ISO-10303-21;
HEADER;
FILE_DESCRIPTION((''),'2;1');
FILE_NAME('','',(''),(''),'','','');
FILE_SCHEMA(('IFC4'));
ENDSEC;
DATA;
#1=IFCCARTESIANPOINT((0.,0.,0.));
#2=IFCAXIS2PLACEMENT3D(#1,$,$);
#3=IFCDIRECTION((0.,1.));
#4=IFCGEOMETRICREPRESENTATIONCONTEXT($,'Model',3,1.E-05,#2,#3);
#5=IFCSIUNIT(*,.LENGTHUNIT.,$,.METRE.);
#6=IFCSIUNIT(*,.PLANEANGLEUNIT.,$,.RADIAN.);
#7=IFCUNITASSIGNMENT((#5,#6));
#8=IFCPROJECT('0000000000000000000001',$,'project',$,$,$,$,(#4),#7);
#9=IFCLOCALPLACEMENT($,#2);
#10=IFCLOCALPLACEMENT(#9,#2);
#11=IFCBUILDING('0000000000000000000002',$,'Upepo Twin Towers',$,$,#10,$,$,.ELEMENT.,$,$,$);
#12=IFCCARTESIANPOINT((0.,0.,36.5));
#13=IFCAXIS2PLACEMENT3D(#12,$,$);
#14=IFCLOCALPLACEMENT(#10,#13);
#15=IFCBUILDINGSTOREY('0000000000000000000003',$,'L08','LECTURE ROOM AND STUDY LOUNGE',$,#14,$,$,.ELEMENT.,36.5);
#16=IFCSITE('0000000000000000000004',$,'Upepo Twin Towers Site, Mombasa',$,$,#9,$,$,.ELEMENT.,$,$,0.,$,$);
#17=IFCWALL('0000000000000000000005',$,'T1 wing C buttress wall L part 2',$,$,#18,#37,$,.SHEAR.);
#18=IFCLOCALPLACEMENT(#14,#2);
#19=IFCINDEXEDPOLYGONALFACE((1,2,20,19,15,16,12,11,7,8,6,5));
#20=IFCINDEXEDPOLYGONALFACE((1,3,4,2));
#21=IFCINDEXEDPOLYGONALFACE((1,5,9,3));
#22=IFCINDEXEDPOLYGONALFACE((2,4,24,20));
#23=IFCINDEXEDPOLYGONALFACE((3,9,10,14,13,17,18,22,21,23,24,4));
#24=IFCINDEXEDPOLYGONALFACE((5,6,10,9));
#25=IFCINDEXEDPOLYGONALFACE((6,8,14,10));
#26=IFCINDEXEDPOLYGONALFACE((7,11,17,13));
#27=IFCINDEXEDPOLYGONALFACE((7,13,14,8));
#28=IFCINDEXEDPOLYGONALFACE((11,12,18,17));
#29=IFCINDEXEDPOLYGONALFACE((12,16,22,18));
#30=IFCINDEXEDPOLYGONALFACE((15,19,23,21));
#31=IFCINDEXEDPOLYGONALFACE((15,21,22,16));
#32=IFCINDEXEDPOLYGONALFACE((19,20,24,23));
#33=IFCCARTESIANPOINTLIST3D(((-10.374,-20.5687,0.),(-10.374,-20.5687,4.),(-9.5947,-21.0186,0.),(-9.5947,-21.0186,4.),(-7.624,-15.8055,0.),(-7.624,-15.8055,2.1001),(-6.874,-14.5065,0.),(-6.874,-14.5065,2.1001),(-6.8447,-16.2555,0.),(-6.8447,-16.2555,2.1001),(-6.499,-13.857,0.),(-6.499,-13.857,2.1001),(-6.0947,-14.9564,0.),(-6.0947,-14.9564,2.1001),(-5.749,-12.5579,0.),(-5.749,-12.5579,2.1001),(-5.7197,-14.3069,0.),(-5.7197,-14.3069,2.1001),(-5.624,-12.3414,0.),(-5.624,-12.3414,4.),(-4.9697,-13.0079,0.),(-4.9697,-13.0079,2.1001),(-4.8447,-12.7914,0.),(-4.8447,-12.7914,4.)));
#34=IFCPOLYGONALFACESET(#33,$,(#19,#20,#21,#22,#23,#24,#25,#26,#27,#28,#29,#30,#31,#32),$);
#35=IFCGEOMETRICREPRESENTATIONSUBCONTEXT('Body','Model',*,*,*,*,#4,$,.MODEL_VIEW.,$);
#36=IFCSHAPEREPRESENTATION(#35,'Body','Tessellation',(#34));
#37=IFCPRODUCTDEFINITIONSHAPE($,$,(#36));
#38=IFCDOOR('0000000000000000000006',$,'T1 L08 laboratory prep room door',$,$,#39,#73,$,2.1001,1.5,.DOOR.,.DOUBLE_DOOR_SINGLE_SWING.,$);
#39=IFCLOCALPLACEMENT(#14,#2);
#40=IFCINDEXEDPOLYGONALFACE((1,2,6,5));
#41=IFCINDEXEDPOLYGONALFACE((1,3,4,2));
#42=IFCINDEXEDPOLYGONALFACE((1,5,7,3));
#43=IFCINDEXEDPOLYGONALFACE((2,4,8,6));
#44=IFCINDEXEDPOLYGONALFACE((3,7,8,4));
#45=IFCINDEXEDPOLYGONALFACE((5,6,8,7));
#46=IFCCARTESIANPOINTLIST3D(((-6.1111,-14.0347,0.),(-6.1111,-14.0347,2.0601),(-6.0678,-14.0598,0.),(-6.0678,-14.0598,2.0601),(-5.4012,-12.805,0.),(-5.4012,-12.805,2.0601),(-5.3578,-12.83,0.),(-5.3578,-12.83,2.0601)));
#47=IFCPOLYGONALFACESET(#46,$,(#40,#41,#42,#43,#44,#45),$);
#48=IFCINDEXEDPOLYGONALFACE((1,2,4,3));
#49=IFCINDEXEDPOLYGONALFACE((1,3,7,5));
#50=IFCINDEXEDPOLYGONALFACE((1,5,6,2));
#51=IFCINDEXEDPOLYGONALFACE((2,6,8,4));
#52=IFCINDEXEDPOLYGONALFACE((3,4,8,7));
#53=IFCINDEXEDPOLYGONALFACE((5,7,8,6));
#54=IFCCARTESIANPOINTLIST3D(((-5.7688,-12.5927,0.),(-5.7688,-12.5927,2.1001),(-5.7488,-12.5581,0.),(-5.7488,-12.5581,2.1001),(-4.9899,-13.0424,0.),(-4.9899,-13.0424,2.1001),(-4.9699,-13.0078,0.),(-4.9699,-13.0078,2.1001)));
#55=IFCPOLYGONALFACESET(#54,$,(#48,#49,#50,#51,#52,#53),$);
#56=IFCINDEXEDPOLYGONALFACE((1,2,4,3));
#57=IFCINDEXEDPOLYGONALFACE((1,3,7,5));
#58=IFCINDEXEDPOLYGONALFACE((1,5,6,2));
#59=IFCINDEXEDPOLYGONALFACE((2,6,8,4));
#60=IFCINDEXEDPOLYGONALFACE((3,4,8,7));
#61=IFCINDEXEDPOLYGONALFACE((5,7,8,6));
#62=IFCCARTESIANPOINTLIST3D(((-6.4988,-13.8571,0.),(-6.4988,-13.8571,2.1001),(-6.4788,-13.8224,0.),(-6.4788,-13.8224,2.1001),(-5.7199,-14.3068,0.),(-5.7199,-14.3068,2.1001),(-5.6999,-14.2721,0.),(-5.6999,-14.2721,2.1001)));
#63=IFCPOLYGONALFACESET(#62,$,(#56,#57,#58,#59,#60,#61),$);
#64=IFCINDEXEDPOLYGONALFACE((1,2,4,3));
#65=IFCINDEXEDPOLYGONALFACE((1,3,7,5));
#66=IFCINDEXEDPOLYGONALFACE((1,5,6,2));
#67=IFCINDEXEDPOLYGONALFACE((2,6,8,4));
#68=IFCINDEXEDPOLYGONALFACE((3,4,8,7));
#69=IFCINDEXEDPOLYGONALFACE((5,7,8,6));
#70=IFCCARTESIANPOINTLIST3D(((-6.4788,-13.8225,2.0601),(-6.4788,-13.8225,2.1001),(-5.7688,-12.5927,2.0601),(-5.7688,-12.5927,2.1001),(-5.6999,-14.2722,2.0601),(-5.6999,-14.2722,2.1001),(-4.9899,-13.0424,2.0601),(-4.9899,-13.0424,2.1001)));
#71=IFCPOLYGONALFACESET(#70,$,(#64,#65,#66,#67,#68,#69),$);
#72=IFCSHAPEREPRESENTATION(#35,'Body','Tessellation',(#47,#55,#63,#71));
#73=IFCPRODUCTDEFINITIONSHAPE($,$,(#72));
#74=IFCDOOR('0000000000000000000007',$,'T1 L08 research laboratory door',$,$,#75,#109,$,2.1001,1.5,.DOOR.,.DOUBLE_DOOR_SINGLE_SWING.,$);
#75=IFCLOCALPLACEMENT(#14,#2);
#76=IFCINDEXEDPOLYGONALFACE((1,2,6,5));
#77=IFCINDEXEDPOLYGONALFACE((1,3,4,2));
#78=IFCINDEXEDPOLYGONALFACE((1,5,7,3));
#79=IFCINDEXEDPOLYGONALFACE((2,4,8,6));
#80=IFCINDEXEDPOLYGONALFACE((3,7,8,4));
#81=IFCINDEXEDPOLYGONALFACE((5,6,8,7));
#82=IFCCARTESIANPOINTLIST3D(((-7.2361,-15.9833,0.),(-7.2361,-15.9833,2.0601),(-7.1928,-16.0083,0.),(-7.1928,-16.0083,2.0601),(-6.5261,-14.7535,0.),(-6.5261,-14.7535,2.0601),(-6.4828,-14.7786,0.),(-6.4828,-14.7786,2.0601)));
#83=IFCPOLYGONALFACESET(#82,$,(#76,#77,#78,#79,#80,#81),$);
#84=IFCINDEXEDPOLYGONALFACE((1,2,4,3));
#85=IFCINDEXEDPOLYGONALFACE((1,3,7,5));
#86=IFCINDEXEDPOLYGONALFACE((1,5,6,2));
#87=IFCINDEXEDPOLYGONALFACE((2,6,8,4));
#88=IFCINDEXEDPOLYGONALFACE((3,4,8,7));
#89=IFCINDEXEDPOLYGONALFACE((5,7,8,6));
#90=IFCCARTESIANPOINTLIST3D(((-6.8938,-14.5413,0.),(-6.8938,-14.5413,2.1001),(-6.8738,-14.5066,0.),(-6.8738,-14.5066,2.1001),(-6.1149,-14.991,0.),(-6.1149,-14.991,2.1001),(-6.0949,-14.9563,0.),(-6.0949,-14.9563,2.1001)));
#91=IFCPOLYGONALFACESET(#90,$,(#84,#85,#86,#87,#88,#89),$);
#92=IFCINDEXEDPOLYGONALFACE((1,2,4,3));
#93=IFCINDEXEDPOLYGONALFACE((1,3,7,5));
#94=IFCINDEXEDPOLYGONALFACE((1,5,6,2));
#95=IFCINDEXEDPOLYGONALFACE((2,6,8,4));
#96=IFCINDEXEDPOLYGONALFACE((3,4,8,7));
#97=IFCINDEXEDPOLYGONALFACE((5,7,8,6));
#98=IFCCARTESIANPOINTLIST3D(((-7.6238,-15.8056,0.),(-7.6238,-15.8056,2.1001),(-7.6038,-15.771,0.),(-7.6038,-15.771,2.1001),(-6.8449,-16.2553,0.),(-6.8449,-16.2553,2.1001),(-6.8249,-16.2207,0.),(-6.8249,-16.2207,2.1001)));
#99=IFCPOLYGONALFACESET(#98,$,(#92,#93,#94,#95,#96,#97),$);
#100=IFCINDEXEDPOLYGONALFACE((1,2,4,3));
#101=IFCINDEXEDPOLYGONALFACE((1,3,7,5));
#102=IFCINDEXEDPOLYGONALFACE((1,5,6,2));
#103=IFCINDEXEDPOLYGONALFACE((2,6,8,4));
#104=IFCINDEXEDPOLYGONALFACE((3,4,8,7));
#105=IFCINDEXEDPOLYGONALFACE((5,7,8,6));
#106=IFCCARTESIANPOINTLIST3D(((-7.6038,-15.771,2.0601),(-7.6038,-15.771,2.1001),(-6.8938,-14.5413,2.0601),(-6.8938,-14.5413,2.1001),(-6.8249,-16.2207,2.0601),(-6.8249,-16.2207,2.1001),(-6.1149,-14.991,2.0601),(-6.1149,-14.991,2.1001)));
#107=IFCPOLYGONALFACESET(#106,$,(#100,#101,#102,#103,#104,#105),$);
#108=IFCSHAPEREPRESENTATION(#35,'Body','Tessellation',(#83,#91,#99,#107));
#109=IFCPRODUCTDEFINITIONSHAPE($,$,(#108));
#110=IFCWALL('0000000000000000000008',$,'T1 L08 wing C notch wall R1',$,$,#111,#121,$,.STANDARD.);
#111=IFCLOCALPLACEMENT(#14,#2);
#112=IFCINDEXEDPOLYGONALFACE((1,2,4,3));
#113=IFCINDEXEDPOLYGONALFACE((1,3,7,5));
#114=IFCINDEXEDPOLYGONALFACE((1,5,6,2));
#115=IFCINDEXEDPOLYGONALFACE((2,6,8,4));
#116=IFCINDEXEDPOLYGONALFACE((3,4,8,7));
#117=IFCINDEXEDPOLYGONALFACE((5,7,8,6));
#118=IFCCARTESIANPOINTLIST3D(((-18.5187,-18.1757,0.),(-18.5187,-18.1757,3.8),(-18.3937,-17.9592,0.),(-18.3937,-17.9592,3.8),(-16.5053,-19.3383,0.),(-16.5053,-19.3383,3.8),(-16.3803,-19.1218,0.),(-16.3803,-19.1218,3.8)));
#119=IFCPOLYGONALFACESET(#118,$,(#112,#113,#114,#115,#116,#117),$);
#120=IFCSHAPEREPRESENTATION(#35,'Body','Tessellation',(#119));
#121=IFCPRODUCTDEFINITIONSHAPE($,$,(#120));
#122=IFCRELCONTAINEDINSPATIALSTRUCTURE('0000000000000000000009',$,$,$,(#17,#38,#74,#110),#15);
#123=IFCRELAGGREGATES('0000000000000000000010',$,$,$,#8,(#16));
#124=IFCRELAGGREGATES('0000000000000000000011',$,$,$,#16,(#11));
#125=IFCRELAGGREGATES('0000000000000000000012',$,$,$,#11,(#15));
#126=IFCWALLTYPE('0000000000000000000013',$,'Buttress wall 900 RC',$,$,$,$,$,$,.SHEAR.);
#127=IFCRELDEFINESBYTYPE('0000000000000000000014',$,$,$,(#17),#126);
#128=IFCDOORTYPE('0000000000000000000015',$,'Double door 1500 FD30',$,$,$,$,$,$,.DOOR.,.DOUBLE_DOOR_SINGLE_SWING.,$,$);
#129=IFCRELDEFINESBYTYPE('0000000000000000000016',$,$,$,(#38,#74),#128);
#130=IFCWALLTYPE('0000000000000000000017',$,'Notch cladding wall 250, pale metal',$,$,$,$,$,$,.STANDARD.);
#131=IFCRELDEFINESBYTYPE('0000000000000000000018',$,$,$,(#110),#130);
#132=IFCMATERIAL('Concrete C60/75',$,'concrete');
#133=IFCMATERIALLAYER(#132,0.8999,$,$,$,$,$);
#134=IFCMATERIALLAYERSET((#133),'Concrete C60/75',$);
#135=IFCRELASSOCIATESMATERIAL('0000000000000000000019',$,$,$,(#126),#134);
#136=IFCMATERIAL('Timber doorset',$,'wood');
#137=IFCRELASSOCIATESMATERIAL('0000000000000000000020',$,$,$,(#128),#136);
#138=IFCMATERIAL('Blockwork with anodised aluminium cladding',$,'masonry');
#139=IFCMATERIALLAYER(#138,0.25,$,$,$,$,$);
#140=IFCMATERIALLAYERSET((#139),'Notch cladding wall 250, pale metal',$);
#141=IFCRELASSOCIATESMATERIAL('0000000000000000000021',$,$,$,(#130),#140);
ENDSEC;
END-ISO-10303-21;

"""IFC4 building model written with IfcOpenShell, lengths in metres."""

from ifc_helpers import new_model, si_unit, direction, frame, frame_2d, origin, place, context, subcontext, project, spatial, rectangle, extrude, material, layer, layer_set, type_object, element, fill, save


model = new_model("IFC4")

# Units and contexts
model_context = context("Model", 3, precision=1e-05, world=origin(), true_north=direction((0.0, 1.0)))
body_context = subcontext(model_context, "Body", "Model", "MODEL_VIEW")
ifc_project = project(units=[si_unit("LENGTHUNIT", "METRE"), si_unit("PLANEANGLEUNIT", "RADIAN")], contexts=[model_context])

# Site, building, storey
site_placement = place(None, origin())
site = spatial("IfcSite", under=ifc_project, at=site_placement, Name="Upepo Twin Towers Site, Mombasa", CompositionType="ELEMENT", RefElevation=0.0)
building_placement = place(site_placement, origin())
building = spatial("IfcBuilding", under=site, at=building_placement, Name="Upepo Twin Towers", CompositionType="ELEMENT")
storey_placement = place(building_placement, frame((0.0, 0.0, 36.5)))
storey = spatial("IfcBuildingStorey", under=building, at=storey_placement, Name="L08", Description="LECTURE ROOM AND STUDY LOUNGE", CompositionType="ELEMENT", Elevation=36.5)

# Wall, openings, doors
ifc_material_1 = material(Name="Concrete C60/75", Category="concrete")
ifc_layer_1 = layer(ifc_material_1, 0.8999)
ifc_layer_set_1 = layer_set([ifc_layer_1], Name="Concrete C60/75")
wall_type_1 = type_object("IfcWallType", Name="Buttress wall 900 RC", PredefinedType="SHEAR", material=ifc_layer_set_1)
wall_1_placement = place(storey_placement, frame((-5.2344, -12.5664, 0.0), z_axis=(0.0, 0.0, 1.0), x_axis=(-0.499998, -0.866027, 0.0)))
wall_1 = element("IfcWall", 1, at=wall_1_placement, inside=storey, type_object=wall_type_1, Name="T1 wing C buttress wall L part 2", PredefinedType="SHEAR", context=body_context, shape_type="SweptSolid", body=[
    extrude(rectangle(XDim=9.5, YDim=0.8999, at=frame_2d((4.75, 0.0))), origin(), (0.0, 0.0, 1.0), 4.0),
])
opening_1_placement = place(wall_1_placement, frame((0.25, 0.0, 0.0)))
opening_1 = element("IfcOpeningElement", 2, at=opening_1_placement, cuts=wall_1, PredefinedType="OPENING", context=body_context, shape_type="SweptSolid", body=[
    extrude(rectangle(XDim=1.5, YDim=2.1001, at=frame_2d((0.75, 1.05))), frame((0.0, 0.46, 0.0), z_axis=(0.0, -1.0, 0.0), x_axis=(1.0, 0.0, 0.0)), (0.0, 0.0, 1.0), 0.9199),
])
opening_2_placement = place(wall_1_placement, frame((2.5, 0.0, 0.0)))
opening_2 = element("IfcOpeningElement", 3, at=opening_2_placement, cuts=wall_1, PredefinedType="OPENING", context=body_context, shape_type="SweptSolid", body=[
    extrude(rectangle(XDim=1.5, YDim=2.1001, at=frame_2d((0.75, 1.05))), frame((0.0, 0.46, 0.0), z_axis=(0.0, -1.0, 0.0), x_axis=(1.0, 0.0, 0.0)), (0.0, 0.0, 1.0), 0.9199),
])
ifc_material_2 = material(Name="Timber doorset", Category="wood")
door_type = type_object("IfcDoorType", Name="Double door 1500 FD30", OperationType="DOUBLE_DOOR_SINGLE_SWING", PredefinedType="DOOR", material=ifc_material_2)
door_1_placement = place(opening_1_placement, origin())
door_1 = element("IfcDoor", 4, at=door_1_placement, inside=storey, type_object=door_type, Name="T1 L08 laboratory prep room door", OperationType="DOUBLE_DOOR_SINGLE_SWING", OverallHeight=2.1001, OverallWidth=1.5, PredefinedType="DOOR", context=body_context, shape_type="SweptSolid", body=[
    extrude(rectangle(XDim=1.42, YDim=2.0601, at=frame_2d((0.75, 1.03))), frame((0.0, 0.0249, 0.0), z_axis=(0.0, -1.0, 0.0), x_axis=(1.0, 0.0, 0.0)), (0.0, 0.0, 1.0), 0.05),
    extrude(rectangle(XDim=0.04, YDim=2.1001, at=frame_2d((0.02, 1.05))), frame((0.0, 0.4497, 0.0), z_axis=(0.0, -1.0, 0.0), x_axis=(1.0, 0.0, 0.0)), (0.0, 0.0, 1.0), 0.8994),
    extrude(rectangle(XDim=0.04, YDim=2.1001, at=frame_2d((1.48, 1.05))), frame((0.0, 0.4497, 0.0), z_axis=(0.0, -1.0, 0.0), x_axis=(1.0, 0.0, 0.0)), (0.0, 0.0, 1.0), 0.8994),
    extrude(rectangle(XDim=1.42, YDim=0.04, at=frame_2d((0.75, 2.0801))), frame((0.0, 0.4497, 0.0), z_axis=(0.0, -1.0, 0.0), x_axis=(1.0, 0.0, 0.0)), (0.0, 0.0, 1.0), 0.8994),
])
fill(opening_1, door_1)
door_2_placement = place(opening_2_placement, origin())
door_2 = element("IfcDoor", 5, at=door_2_placement, inside=storey, type_object=door_type, Name="T1 L08 research laboratory door", OperationType="DOUBLE_DOOR_SINGLE_SWING", OverallHeight=2.1001, OverallWidth=1.5, PredefinedType="DOOR", context=body_context, shape_type="SweptSolid", body=[
    extrude(rectangle(XDim=1.42, YDim=2.0601, at=frame_2d((0.75, 1.03))), frame((0.0, 0.0249, 0.0), z_axis=(0.0, -1.0, 0.0), x_axis=(1.0, 0.0, 0.0)), (0.0, 0.0, 1.0), 0.05),
    extrude(rectangle(XDim=0.04, YDim=2.1001, at=frame_2d((0.02, 1.05))), frame((0.0, 0.4497, 0.0), z_axis=(0.0, -1.0, 0.0), x_axis=(1.0, 0.0, 0.0)), (0.0, 0.0, 1.0), 0.8994),
    extrude(rectangle(XDim=0.04, YDim=2.1001, at=frame_2d((1.48, 1.05))), frame((0.0, 0.4497, 0.0), z_axis=(0.0, -1.0, 0.0), x_axis=(1.0, 0.0, 0.0)), (0.0, 0.0, 1.0), 0.8994),
    extrude(rectangle(XDim=1.42, YDim=0.04, at=frame_2d((0.75, 2.0801))), frame((0.0, 0.4497, 0.0), z_axis=(0.0, -1.0, 0.0), x_axis=(1.0, 0.0, 0.0)), (0.0, 0.0, 1.0), 0.8994),
])
fill(opening_2, door_2)

# Wall
ifc_material_3 = material(Name="Blockwork with anodised aluminium cladding", Category="masonry")
ifc_layer_2 = layer(ifc_material_3, 0.25)
ifc_layer_set_2 = layer_set([ifc_layer_2], Name="Notch cladding wall 250, pale metal")
wall_type_2 = type_object("IfcWallType", Name="Notch cladding wall 250, pale metal", PredefinedType="STANDARD", material=ifc_layer_set_2)
wall_2_placement = place(storey_placement, frame((-18.4563, -18.0674, 0.0), z_axis=(0.0, 0.0, 1.0), x_axis=(0.865998, -0.500047, 0.0)))
element("IfcWall", 6, at=wall_2_placement, inside=storey, type_object=wall_type_2, Name="T1 L08 wing C notch wall R1", PredefinedType="STANDARD", context=body_context, shape_type="SweptSolid", body=[
    extrude(rectangle(XDim=2.325, YDim=0.25, at=frame_2d((1.1626, 0.0))), origin(), (0.0, 0.0, 1.0), 3.8),
])

save(model, "model.ifc")
